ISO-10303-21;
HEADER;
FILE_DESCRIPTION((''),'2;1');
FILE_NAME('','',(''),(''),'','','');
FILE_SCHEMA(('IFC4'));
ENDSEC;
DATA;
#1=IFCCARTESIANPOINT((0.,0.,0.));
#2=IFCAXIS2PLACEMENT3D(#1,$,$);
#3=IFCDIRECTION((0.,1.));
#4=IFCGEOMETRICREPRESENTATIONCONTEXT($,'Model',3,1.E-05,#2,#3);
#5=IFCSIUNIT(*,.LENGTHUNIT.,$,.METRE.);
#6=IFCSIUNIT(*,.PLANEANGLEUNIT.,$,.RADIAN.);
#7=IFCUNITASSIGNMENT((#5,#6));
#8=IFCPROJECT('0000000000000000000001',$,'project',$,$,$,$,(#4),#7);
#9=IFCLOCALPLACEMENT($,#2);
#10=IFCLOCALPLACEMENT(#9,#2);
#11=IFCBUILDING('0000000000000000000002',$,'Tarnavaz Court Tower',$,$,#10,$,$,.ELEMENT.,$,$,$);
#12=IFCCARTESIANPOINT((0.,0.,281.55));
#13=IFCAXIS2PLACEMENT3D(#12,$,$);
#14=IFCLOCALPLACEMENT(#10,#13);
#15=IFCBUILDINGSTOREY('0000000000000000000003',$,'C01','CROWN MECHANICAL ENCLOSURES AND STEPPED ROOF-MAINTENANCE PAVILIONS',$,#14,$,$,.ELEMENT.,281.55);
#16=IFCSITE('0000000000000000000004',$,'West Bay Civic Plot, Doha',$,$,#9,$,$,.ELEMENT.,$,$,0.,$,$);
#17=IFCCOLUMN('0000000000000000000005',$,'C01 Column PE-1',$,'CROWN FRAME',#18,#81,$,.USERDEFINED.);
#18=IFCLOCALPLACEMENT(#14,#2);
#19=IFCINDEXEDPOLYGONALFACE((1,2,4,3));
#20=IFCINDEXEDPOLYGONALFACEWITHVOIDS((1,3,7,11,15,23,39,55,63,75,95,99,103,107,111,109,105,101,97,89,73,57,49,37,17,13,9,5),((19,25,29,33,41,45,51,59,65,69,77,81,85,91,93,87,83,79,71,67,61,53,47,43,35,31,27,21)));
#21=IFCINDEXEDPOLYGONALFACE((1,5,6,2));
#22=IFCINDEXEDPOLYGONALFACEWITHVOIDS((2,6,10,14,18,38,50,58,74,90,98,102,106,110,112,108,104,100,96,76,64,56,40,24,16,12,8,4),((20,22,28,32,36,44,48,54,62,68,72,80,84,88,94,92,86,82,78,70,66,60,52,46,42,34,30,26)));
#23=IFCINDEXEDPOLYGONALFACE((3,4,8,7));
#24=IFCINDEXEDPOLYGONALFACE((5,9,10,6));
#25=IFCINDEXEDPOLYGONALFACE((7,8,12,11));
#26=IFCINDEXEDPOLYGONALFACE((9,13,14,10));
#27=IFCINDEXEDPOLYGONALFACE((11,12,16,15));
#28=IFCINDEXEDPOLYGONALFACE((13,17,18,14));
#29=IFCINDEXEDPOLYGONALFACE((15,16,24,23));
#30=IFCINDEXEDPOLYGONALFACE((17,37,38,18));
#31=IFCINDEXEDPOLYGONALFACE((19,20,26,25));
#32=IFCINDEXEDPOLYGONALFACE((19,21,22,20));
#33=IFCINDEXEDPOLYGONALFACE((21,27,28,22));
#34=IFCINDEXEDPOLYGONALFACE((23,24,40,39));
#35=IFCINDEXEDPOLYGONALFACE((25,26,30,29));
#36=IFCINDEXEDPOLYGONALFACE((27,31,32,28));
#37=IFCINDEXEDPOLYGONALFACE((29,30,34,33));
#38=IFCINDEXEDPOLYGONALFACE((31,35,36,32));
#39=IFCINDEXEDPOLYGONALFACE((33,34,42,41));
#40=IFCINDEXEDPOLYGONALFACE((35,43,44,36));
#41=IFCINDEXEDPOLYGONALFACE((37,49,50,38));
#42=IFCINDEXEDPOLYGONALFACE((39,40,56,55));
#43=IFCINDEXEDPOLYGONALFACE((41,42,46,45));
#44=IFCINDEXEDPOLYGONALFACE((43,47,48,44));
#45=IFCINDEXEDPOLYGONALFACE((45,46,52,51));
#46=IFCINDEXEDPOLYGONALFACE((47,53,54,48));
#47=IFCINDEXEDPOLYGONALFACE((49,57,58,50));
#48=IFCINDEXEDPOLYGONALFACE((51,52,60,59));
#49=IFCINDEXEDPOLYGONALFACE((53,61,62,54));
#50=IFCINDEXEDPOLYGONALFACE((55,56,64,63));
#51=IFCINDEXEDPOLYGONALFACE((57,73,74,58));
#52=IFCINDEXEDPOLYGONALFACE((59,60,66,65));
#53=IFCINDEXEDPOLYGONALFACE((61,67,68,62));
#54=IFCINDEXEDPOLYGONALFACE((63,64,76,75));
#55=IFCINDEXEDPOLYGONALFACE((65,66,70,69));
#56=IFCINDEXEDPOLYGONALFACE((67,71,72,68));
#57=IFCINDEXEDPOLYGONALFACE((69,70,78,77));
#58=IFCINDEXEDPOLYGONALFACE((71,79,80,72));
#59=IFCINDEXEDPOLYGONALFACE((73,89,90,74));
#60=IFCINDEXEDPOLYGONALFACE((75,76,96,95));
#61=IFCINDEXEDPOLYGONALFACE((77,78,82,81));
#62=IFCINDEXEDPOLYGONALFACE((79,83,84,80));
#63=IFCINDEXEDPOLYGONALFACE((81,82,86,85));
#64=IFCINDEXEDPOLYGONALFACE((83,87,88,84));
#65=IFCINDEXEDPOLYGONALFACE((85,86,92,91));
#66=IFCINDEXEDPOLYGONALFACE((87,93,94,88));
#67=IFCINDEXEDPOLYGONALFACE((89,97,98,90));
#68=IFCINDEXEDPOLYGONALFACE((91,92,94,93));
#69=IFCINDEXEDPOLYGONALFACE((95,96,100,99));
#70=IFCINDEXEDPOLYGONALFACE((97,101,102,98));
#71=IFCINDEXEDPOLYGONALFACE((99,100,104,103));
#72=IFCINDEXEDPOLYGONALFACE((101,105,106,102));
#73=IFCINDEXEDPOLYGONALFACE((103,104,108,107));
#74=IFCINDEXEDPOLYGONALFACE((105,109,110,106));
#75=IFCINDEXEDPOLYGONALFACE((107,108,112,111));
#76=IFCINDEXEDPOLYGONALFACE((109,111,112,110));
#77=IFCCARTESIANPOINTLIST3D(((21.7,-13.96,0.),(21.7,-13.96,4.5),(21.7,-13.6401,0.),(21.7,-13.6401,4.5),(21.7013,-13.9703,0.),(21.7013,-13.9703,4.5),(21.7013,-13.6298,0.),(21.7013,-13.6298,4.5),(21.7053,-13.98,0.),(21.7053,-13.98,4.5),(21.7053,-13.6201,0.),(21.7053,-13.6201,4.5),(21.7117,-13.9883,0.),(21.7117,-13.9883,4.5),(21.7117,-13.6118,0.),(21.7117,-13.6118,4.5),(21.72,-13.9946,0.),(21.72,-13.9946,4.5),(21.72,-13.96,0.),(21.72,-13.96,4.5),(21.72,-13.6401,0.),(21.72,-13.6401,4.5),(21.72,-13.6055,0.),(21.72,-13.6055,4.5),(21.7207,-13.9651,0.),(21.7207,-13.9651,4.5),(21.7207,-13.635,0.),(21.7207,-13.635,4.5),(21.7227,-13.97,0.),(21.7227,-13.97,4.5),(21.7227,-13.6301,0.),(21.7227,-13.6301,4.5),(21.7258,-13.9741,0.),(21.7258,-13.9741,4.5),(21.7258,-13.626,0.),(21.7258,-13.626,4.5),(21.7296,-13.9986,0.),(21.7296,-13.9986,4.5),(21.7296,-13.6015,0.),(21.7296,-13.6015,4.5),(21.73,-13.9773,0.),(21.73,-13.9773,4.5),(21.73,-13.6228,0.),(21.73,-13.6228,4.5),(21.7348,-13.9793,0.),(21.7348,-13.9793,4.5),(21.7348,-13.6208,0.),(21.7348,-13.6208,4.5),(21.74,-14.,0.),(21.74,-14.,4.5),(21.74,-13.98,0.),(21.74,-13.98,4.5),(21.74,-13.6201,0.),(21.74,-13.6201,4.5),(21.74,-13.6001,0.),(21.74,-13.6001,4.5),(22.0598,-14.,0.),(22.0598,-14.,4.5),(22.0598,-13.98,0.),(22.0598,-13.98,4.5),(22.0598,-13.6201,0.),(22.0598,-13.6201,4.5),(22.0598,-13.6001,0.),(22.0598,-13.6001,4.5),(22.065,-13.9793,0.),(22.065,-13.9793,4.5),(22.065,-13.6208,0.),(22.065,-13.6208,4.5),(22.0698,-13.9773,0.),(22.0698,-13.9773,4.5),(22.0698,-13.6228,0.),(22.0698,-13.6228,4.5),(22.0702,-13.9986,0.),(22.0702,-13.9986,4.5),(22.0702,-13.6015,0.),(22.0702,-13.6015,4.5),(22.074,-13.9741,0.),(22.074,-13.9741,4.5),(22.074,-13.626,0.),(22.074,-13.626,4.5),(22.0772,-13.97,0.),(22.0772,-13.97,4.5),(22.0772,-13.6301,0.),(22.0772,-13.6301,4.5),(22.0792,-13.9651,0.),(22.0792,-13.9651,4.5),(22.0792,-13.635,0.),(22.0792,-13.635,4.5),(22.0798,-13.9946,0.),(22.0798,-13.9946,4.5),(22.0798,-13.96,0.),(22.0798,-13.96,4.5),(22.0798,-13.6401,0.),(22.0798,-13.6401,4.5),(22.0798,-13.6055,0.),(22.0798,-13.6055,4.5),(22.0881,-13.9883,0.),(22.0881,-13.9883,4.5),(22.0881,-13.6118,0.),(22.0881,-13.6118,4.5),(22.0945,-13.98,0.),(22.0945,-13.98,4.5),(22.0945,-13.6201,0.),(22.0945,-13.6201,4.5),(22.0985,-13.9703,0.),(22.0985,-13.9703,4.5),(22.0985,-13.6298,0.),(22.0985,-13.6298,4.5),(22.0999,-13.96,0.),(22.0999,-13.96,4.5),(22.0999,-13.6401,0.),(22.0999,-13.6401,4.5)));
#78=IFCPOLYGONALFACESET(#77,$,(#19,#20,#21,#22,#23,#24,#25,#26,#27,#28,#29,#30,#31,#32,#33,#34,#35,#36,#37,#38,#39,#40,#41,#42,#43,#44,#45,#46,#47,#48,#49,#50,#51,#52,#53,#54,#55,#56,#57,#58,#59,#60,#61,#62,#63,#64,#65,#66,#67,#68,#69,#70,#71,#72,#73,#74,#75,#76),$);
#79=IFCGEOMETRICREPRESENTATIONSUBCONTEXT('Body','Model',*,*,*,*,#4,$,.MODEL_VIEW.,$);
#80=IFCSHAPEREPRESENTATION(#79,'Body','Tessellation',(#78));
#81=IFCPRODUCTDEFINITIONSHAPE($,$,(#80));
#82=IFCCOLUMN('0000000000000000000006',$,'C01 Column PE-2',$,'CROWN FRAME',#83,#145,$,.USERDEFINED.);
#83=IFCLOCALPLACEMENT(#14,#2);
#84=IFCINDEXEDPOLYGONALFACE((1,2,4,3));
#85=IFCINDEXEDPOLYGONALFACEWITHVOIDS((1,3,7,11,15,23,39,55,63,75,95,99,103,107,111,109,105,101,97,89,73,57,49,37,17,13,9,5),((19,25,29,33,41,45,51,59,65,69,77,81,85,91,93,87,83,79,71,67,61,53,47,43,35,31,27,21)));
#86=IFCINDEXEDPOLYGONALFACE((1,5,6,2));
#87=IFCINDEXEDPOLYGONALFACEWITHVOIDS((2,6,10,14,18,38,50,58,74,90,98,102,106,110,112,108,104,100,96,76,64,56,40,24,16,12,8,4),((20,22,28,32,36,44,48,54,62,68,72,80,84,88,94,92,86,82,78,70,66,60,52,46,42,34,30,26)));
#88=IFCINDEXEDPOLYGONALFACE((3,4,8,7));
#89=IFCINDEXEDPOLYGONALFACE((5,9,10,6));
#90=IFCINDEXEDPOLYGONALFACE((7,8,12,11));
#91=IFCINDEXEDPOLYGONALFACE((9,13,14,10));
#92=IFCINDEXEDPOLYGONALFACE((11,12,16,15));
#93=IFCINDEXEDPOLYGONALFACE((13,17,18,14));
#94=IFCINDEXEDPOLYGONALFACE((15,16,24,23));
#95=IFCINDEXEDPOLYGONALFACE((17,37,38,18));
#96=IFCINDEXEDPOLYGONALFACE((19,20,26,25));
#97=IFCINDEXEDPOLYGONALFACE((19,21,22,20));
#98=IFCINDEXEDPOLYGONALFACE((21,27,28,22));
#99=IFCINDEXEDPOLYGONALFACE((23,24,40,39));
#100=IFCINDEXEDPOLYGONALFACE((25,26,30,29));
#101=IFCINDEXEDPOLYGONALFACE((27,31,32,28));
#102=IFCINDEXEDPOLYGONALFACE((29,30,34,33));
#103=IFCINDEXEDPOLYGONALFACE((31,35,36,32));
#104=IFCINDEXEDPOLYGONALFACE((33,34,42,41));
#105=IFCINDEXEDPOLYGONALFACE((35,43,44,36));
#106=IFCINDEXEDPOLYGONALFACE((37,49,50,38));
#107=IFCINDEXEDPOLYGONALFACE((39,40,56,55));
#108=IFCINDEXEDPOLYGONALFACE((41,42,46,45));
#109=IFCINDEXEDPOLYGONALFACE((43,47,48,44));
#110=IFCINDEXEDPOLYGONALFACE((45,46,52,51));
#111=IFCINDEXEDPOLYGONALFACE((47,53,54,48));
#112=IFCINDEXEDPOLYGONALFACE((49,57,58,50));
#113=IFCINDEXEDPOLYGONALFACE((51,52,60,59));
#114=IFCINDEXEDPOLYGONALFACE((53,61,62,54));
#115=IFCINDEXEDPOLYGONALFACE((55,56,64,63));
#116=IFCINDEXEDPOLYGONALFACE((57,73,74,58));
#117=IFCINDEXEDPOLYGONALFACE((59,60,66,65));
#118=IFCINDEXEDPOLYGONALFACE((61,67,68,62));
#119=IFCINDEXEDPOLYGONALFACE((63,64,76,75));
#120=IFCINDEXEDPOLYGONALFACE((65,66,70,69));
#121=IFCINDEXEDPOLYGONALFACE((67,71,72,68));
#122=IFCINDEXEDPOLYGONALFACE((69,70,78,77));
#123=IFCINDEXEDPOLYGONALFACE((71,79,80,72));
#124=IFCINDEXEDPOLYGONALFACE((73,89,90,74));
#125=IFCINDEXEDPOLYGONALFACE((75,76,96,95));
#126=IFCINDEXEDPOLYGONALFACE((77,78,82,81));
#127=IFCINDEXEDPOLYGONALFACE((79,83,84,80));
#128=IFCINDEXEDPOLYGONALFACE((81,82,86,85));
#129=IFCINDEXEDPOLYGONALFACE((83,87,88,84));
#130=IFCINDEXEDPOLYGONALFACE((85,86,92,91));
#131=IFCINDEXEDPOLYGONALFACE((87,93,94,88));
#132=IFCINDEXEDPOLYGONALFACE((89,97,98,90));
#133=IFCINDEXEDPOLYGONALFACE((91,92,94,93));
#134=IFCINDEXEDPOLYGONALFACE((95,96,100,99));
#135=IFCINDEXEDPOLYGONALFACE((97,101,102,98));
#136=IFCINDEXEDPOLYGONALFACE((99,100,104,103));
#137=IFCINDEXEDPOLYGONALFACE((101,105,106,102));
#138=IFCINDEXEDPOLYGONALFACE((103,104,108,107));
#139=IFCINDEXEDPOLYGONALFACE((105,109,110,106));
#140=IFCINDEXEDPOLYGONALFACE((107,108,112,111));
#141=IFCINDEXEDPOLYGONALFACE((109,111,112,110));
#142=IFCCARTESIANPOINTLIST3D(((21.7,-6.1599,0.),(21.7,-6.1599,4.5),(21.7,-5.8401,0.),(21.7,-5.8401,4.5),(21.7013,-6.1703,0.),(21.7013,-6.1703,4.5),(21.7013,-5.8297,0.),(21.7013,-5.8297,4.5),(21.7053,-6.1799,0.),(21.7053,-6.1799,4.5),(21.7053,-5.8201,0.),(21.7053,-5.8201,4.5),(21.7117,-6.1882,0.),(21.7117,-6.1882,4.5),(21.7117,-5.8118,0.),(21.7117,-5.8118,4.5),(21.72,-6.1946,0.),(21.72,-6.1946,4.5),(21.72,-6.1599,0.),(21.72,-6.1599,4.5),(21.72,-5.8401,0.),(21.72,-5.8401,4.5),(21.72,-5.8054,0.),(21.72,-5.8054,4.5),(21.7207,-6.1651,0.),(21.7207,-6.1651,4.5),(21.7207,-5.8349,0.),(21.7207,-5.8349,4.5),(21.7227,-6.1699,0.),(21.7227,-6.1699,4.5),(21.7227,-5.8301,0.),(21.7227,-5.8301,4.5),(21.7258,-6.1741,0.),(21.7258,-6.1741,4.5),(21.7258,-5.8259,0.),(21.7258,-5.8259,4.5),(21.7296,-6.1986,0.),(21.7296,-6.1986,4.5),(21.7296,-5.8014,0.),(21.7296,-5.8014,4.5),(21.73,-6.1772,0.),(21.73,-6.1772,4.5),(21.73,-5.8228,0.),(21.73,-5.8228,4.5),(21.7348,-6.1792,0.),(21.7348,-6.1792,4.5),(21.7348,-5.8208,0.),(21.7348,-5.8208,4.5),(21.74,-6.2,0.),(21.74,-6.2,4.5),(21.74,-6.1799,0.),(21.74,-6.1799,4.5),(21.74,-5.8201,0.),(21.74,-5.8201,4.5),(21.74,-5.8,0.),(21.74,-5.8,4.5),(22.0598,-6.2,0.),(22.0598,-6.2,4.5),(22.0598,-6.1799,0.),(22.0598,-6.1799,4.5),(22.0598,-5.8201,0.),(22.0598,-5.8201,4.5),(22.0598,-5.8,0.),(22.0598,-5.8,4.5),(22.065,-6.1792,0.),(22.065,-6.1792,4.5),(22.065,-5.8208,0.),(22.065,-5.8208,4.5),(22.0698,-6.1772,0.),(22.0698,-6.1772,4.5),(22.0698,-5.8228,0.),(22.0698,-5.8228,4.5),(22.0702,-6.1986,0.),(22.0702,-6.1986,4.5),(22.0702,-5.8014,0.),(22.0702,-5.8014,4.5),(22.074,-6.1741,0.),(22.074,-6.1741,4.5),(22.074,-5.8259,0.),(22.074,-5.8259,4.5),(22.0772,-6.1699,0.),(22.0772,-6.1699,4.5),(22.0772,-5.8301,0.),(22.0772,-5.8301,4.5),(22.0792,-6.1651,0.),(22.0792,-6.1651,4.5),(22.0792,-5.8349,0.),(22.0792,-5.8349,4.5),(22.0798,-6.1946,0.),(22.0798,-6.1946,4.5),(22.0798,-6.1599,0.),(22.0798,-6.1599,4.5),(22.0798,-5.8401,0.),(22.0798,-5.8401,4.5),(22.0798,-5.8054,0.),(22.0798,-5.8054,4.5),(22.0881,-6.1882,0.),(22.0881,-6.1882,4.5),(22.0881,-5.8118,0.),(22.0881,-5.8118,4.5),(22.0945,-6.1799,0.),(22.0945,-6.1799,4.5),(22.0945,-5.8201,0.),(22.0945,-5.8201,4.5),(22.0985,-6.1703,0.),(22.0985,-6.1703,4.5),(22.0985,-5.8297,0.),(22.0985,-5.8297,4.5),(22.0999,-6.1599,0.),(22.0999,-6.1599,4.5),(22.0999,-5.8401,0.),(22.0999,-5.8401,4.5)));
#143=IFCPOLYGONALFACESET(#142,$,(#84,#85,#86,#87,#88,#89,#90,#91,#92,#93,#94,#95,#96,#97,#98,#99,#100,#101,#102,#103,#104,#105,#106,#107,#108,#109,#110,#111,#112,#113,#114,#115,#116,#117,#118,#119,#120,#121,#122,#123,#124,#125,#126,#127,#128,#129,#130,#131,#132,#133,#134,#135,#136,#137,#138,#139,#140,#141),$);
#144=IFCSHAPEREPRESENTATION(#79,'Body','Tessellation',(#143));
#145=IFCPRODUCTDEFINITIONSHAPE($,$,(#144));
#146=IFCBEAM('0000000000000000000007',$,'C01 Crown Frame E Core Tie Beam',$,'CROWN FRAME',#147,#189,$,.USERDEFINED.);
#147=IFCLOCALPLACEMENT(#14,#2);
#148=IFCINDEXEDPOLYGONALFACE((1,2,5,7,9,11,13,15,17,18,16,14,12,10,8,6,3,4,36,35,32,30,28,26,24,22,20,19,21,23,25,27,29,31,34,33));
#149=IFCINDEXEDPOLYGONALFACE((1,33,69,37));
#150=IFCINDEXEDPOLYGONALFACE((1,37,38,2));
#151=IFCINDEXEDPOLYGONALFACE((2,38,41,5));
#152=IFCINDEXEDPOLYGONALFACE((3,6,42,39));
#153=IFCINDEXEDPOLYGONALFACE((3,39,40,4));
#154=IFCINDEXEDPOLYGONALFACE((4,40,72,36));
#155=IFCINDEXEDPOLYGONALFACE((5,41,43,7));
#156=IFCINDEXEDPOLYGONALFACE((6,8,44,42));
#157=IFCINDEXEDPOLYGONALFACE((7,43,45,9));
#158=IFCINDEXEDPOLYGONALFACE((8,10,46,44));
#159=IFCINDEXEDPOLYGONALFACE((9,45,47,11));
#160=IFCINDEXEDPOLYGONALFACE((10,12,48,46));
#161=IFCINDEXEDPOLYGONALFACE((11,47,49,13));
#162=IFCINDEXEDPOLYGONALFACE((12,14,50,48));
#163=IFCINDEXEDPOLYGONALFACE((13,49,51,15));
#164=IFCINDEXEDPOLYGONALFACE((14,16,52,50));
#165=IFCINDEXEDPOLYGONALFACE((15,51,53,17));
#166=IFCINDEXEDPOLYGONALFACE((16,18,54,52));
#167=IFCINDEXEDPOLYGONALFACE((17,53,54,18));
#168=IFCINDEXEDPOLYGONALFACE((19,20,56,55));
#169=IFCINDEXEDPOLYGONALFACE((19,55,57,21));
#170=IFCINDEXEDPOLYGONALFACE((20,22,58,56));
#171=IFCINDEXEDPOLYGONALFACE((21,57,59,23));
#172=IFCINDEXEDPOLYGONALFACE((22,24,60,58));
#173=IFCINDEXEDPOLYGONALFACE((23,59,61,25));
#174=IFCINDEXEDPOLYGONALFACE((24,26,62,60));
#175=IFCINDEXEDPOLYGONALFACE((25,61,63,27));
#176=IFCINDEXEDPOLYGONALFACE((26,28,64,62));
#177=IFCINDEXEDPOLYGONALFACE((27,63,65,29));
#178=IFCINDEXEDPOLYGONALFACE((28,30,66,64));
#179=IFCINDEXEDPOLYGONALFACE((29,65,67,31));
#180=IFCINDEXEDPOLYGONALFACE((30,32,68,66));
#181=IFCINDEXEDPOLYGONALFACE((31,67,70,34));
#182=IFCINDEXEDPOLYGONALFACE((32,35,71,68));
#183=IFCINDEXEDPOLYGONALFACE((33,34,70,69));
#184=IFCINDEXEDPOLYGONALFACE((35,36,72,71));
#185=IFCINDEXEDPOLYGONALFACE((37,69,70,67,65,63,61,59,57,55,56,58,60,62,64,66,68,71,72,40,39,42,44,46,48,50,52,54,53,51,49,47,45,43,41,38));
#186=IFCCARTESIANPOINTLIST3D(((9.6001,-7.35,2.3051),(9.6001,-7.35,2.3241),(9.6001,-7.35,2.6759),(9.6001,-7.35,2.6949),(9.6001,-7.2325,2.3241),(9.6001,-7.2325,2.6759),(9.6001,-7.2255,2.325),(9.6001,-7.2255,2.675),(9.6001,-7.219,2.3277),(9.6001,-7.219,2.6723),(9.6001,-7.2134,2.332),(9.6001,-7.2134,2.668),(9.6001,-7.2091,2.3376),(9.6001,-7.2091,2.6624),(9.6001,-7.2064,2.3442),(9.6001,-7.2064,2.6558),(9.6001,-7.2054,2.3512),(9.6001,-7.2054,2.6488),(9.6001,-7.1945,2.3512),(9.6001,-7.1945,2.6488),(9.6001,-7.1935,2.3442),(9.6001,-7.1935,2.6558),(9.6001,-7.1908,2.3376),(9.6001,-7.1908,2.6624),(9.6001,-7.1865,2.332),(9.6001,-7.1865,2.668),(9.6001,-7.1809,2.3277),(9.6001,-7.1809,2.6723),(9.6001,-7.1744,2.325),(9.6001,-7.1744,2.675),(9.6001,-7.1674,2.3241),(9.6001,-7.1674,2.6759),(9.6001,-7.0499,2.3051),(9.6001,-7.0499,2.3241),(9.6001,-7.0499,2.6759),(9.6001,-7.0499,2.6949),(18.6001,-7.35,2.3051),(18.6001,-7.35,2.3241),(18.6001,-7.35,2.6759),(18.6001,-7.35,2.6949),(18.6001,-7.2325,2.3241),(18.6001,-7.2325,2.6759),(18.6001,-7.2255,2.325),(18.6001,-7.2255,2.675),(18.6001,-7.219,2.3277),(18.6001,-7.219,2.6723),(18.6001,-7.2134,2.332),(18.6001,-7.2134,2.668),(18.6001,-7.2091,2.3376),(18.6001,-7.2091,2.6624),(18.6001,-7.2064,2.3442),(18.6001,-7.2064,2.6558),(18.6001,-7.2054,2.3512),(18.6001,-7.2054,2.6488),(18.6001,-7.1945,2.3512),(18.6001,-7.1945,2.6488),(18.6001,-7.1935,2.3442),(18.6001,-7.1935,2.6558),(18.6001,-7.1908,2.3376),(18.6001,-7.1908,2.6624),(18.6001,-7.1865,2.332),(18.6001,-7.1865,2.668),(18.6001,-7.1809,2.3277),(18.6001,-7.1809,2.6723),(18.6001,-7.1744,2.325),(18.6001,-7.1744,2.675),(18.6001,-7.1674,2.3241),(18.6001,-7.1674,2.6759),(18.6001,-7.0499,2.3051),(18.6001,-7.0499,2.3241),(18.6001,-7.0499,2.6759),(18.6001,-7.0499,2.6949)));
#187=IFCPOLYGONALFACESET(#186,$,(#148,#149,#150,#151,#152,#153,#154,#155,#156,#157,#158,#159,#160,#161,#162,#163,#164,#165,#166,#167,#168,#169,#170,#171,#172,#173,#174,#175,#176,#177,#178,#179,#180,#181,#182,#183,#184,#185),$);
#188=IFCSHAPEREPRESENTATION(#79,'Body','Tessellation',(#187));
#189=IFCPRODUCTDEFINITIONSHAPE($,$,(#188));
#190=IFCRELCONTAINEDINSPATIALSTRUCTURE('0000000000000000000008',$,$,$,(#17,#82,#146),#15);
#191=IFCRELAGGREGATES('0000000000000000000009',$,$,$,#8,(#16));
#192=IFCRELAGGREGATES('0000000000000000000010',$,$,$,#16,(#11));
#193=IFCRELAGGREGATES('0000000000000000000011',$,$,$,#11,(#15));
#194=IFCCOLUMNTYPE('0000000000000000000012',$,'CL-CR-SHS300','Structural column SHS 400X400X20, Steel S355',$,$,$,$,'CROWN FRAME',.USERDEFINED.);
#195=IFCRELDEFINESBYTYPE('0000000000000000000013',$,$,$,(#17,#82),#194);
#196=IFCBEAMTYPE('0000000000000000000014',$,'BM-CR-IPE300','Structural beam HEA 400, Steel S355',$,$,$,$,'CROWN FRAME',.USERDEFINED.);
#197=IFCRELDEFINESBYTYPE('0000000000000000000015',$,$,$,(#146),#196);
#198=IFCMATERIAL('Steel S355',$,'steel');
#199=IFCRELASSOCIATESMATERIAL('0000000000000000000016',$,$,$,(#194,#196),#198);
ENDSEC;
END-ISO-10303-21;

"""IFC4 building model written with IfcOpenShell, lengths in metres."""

from ifc_helpers import new_model, si_unit, direction, frame, origin, origin_2d, place, context, subcontext, project, spatial, hollow_rectangle, i_section, extrude, material, material_profile, profile_set, type_object, element, save


model = new_model("IFC4")

# Units and contexts
model_context = context("Model", 3, precision=1e-05, world=origin(), true_north=direction((0.0, 1.0)))
body_context = subcontext(model_context, "Body", "Model", "MODEL_VIEW")
ifc_project = project(units=[si_unit("LENGTHUNIT", "METRE"), si_unit("PLANEANGLEUNIT", "RADIAN")], contexts=[model_context])

# Site, building, storey
site_placement = place(None, origin())
site = spatial("IfcSite", under=ifc_project, at=site_placement, Name="West Bay Civic Plot, Doha", CompositionType="ELEMENT", RefElevation=0.0)
building_placement = place(site_placement, origin())
building = spatial("IfcBuilding", under=site, at=building_placement, Name="Tarnavaz Court Tower", CompositionType="ELEMENT")
storey_placement = place(building_placement, frame((0.0, 0.0, 281.55)))
storey = spatial("IfcBuildingStorey", under=building, at=storey_placement, Name="C01", Description="CROWN MECHANICAL ENCLOSURES AND STEPPED ROOF-MAINTENANCE PAVILIONS", CompositionType="ELEMENT", Elevation=281.55)

# Columns
ifc_material_1 = material(Name="Steel S355", Category="steel")
ifc_material_profile_1 = material_profile(ifc_material_1, hollow_rectangle(XDim=0.3999, YDim=0.3999, WallThickness=0.02, InnerFilletRadius=0.02, OuterFilletRadius=0.04, at=origin_2d()), Name="SHS 400X400X20")
ifc_profile_set_1 = profile_set([ifc_material_profile_1], Name="Steel S355")
column_type = type_object("IfcColumnType", Name="CL-CR-SHS300", Description="Structural column SHS 400X400X20, Steel S355", ElementType="CROWN FRAME", PredefinedType="USERDEFINED", material=ifc_profile_set_1)
for number, where, z_axis, x_axis, name in (
    (1, (21.8999, -13.8, 0.0), (0.0, 0.0, 1.0), (1.0, 0.0, 0.0), "C01 Column PE-1"),
    (2, (21.8999, -6.0, 0.0), (0.0, 0.0, 1.0), (1.0, 0.0, 0.0), "C01 Column PE-2"),
):
    element("IfcColumn", number, at=place(storey_placement, frame(where, z_axis=z_axis, x_axis=x_axis)), inside=storey, type_object=column_type, Name=name, ObjectType="CROWN FRAME", PredefinedType="USERDEFINED", context=body_context, shape_type="SweptSolid", body=[
        extrude(hollow_rectangle(XDim=0.3999, YDim=0.3999, WallThickness=0.02, InnerFilletRadius=0.02, OuterFilletRadius=0.04, at=origin_2d()), origin(), (0.0, 0.0, 1.0), 4.5),
    ])

# Beam
ifc_material_profile_2 = material_profile(ifc_material_1, i_section(OverallWidth=0.3, OverallDepth=0.3899, WebThickness=0.011, FlangeThickness=0.019, FilletRadius=0.0271, at=origin_2d()), Name="HEA 400")
ifc_profile_set_2 = profile_set([ifc_material_profile_2], Name="Steel S355")
beam_type_1 = type_object("IfcBeamType", Name="BM-CR-IPE300", Description="Structural beam HEA 400, Steel S355", ElementType="CROWN FRAME", PredefinedType="USERDEFINED", material=ifc_profile_set_2)
beam_1_placement = place(storey_placement, frame((18.6001, -7.2, 2.5), z_axis=(-1.0, 0.0, 0.0), x_axis=(0.0, -1.0, 0.0)))
element("IfcBeam", 3, at=beam_1_placement, inside=storey, type_object=beam_type_1, Name="C01 Crown Frame E Core Tie Beam", ObjectType="CROWN FRAME", PredefinedType="USERDEFINED", context=body_context, shape_type="SweptSolid", body=[
    extrude(i_section(OverallWidth=0.3, OverallDepth=0.3899, WebThickness=0.011, FlangeThickness=0.019, FilletRadius=0.0271, at=origin_2d()), origin(), (0.0, 0.0, 1.0), 9.0),
])

save(model, "model.ifc")
